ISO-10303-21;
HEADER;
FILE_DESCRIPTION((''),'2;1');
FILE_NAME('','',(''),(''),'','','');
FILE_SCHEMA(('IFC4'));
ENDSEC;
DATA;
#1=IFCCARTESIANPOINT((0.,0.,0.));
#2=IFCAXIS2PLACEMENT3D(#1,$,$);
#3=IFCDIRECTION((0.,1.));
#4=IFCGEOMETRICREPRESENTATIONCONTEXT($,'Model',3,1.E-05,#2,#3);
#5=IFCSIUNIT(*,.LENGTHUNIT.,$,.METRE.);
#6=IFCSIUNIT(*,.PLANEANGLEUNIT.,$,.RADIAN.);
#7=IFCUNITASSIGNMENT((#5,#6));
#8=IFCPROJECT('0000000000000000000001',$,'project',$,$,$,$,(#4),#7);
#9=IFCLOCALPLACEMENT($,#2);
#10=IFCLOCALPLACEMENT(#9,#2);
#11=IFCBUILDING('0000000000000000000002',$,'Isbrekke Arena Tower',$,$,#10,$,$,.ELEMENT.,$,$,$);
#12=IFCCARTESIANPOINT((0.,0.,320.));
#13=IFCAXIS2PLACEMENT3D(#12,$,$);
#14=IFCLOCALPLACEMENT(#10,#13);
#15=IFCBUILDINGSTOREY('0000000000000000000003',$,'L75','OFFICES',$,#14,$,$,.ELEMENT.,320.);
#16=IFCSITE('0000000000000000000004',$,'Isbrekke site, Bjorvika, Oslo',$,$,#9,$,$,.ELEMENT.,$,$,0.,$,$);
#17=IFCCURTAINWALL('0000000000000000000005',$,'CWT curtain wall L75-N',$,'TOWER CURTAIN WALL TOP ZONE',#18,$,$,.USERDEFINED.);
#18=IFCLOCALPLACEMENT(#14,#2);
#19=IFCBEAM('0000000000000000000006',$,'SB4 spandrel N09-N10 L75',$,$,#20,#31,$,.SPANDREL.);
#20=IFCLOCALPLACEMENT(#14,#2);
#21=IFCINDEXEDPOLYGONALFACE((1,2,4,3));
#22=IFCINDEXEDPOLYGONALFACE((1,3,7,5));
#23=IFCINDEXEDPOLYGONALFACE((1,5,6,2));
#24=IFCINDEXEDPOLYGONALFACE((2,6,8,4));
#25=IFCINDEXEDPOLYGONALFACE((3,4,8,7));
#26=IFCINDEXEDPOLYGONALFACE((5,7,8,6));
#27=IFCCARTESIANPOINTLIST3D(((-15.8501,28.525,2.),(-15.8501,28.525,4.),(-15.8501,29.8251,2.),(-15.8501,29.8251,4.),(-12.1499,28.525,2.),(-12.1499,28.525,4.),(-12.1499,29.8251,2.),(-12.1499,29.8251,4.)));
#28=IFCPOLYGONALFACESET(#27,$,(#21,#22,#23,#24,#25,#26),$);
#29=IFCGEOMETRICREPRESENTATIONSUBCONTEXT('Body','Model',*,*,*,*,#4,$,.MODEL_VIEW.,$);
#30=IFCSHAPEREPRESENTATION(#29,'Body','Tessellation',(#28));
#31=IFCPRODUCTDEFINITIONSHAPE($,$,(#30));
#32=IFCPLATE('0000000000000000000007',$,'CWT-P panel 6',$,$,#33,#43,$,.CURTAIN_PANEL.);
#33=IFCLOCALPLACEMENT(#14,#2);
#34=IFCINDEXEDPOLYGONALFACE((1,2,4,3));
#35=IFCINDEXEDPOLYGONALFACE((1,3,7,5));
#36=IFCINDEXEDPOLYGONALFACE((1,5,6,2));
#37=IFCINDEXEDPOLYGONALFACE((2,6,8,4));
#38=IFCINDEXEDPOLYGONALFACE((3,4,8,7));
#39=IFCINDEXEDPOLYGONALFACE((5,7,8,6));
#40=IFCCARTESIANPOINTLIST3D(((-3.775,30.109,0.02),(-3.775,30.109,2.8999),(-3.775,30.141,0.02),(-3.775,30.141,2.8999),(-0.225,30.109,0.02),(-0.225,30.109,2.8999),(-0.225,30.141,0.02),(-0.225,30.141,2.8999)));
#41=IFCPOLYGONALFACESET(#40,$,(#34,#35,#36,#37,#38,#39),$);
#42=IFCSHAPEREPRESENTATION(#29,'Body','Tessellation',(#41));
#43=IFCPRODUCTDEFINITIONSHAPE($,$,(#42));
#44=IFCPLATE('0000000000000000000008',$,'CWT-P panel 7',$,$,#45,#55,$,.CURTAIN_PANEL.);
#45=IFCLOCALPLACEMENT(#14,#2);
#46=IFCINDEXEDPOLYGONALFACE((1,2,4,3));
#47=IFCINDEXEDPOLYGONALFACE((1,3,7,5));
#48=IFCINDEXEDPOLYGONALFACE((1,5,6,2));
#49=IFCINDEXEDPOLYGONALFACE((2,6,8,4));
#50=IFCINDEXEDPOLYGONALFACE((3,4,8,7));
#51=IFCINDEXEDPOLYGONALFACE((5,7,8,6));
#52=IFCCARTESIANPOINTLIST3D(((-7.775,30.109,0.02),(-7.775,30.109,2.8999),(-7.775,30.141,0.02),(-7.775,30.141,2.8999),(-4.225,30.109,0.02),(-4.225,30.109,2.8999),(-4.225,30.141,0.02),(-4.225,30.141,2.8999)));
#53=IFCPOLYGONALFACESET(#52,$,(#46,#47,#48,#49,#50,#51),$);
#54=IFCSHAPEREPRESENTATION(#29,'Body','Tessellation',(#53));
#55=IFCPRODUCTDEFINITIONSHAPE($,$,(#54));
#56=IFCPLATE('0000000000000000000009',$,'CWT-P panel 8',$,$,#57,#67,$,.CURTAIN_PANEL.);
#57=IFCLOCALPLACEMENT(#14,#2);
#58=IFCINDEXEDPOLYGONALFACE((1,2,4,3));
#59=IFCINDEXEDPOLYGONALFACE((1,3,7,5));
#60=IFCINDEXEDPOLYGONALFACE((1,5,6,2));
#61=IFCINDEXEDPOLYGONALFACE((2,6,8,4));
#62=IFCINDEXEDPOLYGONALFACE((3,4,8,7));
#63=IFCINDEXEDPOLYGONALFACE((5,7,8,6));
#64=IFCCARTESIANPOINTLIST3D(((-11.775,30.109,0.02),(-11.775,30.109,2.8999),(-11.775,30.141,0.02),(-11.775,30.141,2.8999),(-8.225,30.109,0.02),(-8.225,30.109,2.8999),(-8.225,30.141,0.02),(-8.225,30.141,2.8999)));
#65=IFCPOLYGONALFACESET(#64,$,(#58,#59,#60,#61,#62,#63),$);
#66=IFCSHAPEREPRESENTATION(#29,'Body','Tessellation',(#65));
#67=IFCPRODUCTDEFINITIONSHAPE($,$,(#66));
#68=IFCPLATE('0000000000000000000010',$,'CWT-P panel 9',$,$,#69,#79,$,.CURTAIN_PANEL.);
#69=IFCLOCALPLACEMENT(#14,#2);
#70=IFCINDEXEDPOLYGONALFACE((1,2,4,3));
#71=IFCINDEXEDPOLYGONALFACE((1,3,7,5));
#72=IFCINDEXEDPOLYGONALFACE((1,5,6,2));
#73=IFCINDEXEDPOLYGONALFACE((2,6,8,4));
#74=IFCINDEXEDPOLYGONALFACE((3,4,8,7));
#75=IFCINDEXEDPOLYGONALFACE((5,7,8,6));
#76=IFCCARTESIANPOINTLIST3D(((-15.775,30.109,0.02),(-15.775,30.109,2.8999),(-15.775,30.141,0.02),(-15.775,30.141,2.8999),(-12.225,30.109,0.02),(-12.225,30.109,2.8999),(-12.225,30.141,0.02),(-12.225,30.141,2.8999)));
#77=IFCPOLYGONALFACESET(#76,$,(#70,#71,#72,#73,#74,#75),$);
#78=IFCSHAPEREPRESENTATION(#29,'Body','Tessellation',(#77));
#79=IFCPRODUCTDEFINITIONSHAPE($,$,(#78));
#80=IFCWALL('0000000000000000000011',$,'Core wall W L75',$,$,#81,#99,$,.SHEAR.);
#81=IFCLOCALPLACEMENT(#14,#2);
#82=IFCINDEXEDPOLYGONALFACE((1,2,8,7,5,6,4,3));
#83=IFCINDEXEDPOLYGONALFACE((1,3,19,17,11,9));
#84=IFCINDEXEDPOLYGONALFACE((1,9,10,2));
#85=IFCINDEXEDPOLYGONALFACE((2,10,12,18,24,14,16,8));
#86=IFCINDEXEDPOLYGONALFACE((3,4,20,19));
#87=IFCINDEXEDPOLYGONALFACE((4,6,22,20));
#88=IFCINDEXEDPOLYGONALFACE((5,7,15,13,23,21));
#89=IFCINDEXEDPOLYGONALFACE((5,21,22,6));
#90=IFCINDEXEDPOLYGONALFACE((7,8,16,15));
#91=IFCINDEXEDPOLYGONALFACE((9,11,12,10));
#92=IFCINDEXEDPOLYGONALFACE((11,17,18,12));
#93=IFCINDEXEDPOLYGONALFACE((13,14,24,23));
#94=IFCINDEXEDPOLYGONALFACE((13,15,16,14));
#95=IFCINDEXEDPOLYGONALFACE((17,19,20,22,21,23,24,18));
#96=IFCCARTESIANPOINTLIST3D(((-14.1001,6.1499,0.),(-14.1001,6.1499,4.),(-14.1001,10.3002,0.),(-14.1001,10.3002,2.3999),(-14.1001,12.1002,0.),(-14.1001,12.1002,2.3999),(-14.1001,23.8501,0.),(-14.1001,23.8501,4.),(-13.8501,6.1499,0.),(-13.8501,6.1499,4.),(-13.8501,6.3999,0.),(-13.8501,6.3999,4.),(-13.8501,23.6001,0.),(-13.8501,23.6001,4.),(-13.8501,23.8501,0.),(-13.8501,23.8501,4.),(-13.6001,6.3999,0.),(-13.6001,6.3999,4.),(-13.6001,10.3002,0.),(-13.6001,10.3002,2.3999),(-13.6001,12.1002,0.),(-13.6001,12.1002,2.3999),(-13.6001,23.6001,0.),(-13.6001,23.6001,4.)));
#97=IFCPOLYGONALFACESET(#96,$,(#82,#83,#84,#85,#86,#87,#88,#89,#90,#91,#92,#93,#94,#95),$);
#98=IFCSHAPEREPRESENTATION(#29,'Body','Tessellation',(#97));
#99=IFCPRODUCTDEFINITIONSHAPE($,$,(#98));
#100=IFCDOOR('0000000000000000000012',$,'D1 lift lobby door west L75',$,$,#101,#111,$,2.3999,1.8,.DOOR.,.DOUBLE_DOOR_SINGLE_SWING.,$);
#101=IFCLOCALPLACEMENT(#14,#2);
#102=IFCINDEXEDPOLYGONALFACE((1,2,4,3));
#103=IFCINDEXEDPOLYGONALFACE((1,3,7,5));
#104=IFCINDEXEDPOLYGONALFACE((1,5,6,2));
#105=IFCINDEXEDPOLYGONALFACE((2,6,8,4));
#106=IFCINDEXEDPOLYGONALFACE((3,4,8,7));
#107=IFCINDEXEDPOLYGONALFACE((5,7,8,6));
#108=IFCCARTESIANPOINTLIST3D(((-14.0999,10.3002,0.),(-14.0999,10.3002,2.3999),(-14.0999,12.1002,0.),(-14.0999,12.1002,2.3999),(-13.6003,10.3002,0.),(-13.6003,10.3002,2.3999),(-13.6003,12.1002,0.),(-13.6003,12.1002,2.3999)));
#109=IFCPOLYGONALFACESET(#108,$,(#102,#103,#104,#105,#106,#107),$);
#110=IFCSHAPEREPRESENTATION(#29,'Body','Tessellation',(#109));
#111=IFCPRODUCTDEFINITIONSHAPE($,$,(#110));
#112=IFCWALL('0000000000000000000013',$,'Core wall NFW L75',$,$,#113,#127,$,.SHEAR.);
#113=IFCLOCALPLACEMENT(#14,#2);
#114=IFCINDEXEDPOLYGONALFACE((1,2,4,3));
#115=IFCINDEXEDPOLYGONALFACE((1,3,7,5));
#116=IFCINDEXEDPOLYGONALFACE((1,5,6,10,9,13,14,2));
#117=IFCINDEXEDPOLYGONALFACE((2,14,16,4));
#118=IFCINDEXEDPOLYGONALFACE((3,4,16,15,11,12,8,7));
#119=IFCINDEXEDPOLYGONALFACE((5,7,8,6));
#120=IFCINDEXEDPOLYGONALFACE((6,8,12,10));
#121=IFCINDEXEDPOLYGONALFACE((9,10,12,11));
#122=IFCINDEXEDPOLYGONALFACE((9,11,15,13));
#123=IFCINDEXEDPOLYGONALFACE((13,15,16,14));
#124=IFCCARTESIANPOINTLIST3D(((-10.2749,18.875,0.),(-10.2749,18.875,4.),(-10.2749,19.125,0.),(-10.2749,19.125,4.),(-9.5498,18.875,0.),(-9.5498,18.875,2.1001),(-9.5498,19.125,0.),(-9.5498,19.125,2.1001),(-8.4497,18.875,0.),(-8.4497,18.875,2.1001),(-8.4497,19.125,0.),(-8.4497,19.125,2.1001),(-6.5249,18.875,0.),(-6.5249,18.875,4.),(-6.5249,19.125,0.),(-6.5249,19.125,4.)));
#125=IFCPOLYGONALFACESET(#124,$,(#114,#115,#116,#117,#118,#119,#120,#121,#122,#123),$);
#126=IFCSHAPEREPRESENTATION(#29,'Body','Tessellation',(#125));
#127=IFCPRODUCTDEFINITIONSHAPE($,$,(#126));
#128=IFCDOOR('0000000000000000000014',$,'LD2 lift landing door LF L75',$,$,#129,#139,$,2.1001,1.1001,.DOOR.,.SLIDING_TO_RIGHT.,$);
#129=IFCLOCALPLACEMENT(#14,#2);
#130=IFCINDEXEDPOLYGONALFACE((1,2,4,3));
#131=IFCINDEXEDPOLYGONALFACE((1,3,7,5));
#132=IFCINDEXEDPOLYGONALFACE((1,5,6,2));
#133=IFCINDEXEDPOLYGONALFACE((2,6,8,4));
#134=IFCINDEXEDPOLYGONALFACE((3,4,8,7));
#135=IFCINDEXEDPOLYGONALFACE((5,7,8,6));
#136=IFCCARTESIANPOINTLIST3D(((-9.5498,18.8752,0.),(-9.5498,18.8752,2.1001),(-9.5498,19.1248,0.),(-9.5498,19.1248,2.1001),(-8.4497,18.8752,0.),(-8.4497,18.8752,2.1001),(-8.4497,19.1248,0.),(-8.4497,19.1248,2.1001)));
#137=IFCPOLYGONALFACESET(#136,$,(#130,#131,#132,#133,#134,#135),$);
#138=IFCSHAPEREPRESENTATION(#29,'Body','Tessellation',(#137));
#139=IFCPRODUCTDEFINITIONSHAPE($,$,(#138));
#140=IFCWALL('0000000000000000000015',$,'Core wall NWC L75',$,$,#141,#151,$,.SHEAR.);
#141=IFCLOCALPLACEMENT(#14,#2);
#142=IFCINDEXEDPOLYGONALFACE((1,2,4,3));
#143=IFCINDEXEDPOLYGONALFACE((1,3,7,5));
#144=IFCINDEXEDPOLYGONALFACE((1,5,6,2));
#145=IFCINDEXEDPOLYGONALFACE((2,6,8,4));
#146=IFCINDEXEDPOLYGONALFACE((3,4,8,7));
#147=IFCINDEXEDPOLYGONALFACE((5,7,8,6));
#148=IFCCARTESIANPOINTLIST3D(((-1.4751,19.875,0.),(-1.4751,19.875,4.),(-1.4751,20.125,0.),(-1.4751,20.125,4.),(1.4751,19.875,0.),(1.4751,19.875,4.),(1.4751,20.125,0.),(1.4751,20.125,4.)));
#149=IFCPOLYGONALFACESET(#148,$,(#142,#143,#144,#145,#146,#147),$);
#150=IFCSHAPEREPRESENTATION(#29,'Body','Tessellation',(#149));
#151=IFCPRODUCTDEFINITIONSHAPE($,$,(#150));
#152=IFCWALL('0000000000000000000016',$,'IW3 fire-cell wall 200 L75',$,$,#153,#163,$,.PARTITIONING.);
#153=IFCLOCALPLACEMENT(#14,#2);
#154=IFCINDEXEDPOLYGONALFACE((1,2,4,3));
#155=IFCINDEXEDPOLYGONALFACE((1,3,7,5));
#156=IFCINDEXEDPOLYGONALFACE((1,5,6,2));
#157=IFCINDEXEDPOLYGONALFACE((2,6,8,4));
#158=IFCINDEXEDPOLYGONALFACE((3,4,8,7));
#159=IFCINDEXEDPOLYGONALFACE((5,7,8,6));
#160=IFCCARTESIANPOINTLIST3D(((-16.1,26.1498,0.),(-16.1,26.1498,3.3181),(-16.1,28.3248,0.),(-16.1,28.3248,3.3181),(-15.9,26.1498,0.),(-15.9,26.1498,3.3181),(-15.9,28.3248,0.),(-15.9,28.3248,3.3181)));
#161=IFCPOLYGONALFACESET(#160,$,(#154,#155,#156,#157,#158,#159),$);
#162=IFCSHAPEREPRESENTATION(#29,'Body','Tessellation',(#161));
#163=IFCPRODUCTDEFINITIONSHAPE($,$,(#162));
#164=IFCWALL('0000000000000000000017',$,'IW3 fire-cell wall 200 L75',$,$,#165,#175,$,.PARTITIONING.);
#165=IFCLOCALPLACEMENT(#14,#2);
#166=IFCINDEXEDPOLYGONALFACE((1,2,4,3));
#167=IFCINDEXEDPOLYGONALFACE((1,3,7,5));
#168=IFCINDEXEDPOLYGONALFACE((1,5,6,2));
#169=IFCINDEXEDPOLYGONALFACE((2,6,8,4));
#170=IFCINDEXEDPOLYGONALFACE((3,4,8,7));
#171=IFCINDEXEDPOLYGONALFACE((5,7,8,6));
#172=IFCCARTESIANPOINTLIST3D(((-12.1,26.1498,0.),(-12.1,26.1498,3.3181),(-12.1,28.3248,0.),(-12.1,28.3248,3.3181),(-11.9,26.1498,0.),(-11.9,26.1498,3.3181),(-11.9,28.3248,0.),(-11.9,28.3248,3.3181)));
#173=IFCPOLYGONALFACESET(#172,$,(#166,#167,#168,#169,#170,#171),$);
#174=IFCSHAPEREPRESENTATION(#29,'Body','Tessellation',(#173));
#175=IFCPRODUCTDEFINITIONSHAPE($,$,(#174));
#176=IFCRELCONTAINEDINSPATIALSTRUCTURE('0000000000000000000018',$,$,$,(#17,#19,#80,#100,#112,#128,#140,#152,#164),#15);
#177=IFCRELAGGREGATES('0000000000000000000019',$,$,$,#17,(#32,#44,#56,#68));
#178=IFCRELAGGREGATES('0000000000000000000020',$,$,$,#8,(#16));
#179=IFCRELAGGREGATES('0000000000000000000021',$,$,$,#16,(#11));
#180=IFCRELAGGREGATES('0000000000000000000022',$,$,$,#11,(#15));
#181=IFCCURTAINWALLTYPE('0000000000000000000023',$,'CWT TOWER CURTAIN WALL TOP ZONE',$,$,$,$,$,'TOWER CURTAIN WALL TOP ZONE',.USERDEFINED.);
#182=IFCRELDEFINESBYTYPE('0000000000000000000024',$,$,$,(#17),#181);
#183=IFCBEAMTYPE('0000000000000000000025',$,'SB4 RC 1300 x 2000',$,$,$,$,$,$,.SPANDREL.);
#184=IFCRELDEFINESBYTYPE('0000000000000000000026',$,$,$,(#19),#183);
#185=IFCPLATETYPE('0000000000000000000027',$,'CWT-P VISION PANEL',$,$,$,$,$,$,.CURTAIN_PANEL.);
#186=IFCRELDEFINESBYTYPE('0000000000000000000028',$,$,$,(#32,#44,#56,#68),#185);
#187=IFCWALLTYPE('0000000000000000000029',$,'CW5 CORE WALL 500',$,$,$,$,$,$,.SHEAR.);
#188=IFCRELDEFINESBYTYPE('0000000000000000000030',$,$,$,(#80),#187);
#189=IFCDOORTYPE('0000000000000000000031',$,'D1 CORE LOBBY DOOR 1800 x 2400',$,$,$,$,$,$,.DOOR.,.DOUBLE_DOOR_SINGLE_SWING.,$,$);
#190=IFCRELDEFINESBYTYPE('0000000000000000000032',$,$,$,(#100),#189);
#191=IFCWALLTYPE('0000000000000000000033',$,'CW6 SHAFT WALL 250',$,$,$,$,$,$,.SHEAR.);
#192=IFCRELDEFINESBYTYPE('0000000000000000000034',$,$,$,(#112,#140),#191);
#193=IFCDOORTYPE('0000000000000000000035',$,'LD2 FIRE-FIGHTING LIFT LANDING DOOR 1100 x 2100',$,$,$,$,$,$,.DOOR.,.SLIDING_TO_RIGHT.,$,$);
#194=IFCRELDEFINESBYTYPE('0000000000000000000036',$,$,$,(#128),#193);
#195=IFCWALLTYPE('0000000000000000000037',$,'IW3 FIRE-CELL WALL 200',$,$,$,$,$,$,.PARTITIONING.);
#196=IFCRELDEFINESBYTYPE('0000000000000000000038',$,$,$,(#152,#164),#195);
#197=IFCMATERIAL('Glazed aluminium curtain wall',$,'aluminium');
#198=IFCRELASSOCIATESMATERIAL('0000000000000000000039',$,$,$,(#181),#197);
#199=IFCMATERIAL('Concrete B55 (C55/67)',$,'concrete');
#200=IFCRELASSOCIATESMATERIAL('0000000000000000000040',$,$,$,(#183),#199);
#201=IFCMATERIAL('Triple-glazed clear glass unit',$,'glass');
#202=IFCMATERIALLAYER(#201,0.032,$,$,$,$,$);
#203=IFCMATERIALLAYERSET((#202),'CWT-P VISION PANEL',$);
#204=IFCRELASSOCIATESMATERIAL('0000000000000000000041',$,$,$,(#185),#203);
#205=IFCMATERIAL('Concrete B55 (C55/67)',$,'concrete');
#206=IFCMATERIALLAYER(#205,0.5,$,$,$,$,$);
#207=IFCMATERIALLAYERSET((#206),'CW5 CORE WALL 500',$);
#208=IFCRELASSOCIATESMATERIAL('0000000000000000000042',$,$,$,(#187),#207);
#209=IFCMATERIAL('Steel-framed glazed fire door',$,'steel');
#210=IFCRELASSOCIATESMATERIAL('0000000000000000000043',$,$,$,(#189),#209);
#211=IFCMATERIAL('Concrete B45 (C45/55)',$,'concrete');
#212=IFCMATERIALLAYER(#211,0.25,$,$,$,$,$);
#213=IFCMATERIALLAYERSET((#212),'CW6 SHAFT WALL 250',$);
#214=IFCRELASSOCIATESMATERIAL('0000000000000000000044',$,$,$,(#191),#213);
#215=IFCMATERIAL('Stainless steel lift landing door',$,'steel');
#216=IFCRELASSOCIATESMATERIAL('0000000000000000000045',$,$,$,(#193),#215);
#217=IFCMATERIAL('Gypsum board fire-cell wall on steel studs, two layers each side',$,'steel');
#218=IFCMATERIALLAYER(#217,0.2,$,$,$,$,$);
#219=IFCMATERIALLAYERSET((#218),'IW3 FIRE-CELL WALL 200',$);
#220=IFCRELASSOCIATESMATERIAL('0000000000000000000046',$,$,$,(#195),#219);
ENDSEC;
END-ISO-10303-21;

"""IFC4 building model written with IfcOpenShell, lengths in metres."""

from ifc_helpers import new_model, si_unit, direction, frame, frame_2d, origin, origin_2d, place, context, subcontext, project, spatial, polyline, rectangle, outline, extrude, material, layer, layer_set, material_profile, profile_set, type_object, element, fill, aggregate, save


model = new_model("IFC4")

# Units and contexts
model_context = context("Model", 3, precision=1e-05, world=origin(), true_north=direction((0.0, 1.0)))
body_context = subcontext(model_context, "Body", "Model", "MODEL_VIEW")
ifc_project = project(units=[si_unit("LENGTHUNIT", "METRE"), si_unit("PLANEANGLEUNIT", "RADIAN")], contexts=[model_context])

# Site, building, storey
site_placement = place(None, origin())
site = spatial("IfcSite", under=ifc_project, at=site_placement, Name="Isbrekke site, Bjorvika, Oslo", CompositionType="ELEMENT", RefElevation=0.0)
building_placement = place(site_placement, origin())
building = spatial("IfcBuilding", under=site, at=building_placement, Name="Isbrekke Arena Tower", CompositionType="ELEMENT")
storey_placement = place(building_placement, frame((0.0, 0.0, 320.0)))
storey = spatial("IfcBuildingStorey", under=building, at=storey_placement, Name="L75", Description="OFFICES", CompositionType="ELEMENT", Elevation=320.0)

# Curtain wall
ifc_material_1 = material(Name="Glazed aluminium curtain wall", Category="aluminium")
curtain_wall_type = type_object("IfcCurtainWallType", Name="CWT TOWER CURTAIN WALL TOP ZONE", ElementType="TOWER CURTAIN WALL TOP ZONE", PredefinedType="USERDEFINED", material=ifc_material_1)
curtain_wall_placement = place(storey_placement, origin())
curtain_wall = element("IfcCurtainWall", 1, at=curtain_wall_placement, inside=storey, type_object=curtain_wall_type, Name="CWT curtain wall L75-N", ObjectType="TOWER CURTAIN WALL TOP ZONE", PredefinedType="USERDEFINED")

# Beam
ifc_material_2 = material(Name="Concrete B55 (C55/67)", Category="concrete")
ifc_material_profile_1 = material_profile(ifc_material_2, rectangle(XDim=1.3, YDim=2.0, at=origin_2d()), Name="RC 1300x2000")
ifc_profile_set_1 = profile_set([ifc_material_profile_1], Name="Concrete B55 (C55/67)")
beam_type_1 = type_object("IfcBeamType", Name="SB4 RC 1300 x 2000", PredefinedType="SPANDREL", material=ifc_profile_set_1)
for number, where, z_axis, x_axis, name in (
    (2, (-12.1499, 29.175, 3.0), (-1.0, 0.0, 0.0), (0.0, -1.0, 0.0), "SB4 spandrel N09-N10 L75"),
):
    element("IfcBeam", number, at=place(storey_placement, frame(where, z_axis=z_axis, x_axis=x_axis)), inside=storey, type_object=beam_type_1, Name=name, PredefinedType="SPANDREL", context=body_context, shape_type="SweptSolid", body=[
        extrude(rectangle(XDim=1.3, YDim=2.0, at=origin_2d()), origin(), (0.0, 0.0, 1.0), 3.7002),
    ])

# Plates
ifc_material_3 = material(Name="Triple-glazed clear glass unit", Category="glass")
ifc_layer_1 = layer(ifc_material_3, 0.032)
ifc_layer_set_1 = layer_set([ifc_layer_1], Name="CWT-P VISION PANEL")
plate_type = type_object("IfcPlateType", Name="CWT-P VISION PANEL", PredefinedType="CURTAIN_PANEL", material=ifc_layer_set_1)
plate_1_placement = place(storey_placement, frame((-2.0, 30.125, 0.02), z_axis=(0.0, 0.0, 1.0), x_axis=(-1.0, 0.0, 0.0)))
plate_1 = element("IfcPlate", 3, at=plate_1_placement, type_object=plate_type, Name="CWT-P panel 6", PredefinedType="CURTAIN_PANEL", context=body_context, shape_type="SweptSolid", body=[
    extrude(rectangle(XDim=3.55, YDim=0.032, at=origin_2d()), origin(), (0.0, 0.0, 1.0), 2.8799),
])
plate_2_placement = place(storey_placement, frame((-6.0, 30.125, 0.02), z_axis=(0.0, 0.0, 1.0), x_axis=(-1.0, 0.0, 0.0)))
plate_2 = element("IfcPlate", 4, at=plate_2_placement, type_object=plate_type, Name="CWT-P panel 7", PredefinedType="CURTAIN_PANEL", context=body_context, shape_type="SweptSolid", body=[
    extrude(rectangle(XDim=3.55, YDim=0.032, at=origin_2d()), origin(), (0.0, 0.0, 1.0), 2.8799),
])
plate_3_placement = place(storey_placement, frame((-10.0, 30.125, 0.02), z_axis=(0.0, 0.0, 1.0), x_axis=(-1.0, 0.0, 0.0)))
plate_3 = element("IfcPlate", 5, at=plate_3_placement, type_object=plate_type, Name="CWT-P panel 8", PredefinedType="CURTAIN_PANEL", context=body_context, shape_type="SweptSolid", body=[
    extrude(rectangle(XDim=3.55, YDim=0.032, at=origin_2d()), origin(), (0.0, 0.0, 1.0), 2.8799),
])
plate_4_placement = place(storey_placement, frame((-14.0, 30.125, 0.02), z_axis=(0.0, 0.0, 1.0), x_axis=(-1.0, 0.0, 0.0)))
plate_4 = element("IfcPlate", 6, at=plate_4_placement, type_object=plate_type, Name="CWT-P panel 9", PredefinedType="CURTAIN_PANEL", context=body_context, shape_type="SweptSolid", body=[
    extrude(rectangle(XDim=3.55, YDim=0.032, at=origin_2d()), origin(), (0.0, 0.0, 1.0), 2.8799),
])
aggregate(curtain_wall, [plate_1, plate_2, plate_3, plate_4])

# Walls, openings, doors
ifc_material_4 = material(Name="Concrete B55 (C55/67)", Category="concrete")
ifc_layer_2 = layer(ifc_material_4, 0.5)
ifc_layer_set_2 = layer_set([ifc_layer_2], Name="CW5 CORE WALL 500")
wall_type_1 = type_object("IfcWallType", Name="CW5 CORE WALL 500", PredefinedType="SHEAR", material=ifc_layer_set_2)
wall_1_placement = place(storey_placement, frame((-13.8501, 23.8501, 0.0), z_axis=(0.0, 0.0, 1.0), x_axis=(0.0, -1.0, 0.0)))
wall_1 = element("IfcWall", 7, at=wall_1_placement, inside=storey, type_object=wall_type_1, Name="Core wall W L75", PredefinedType="SHEAR", context=body_context, shape_type="SweptSolid", body=[
    extrude(outline(polyline([(0.0, -0.25), (17.7002, -0.25), (17.7002, 0.0), (17.4502, 0.0), (17.4502, 0.25), (0.25, 0.25), (0.25, 0.0), (0.0, 0.0), (0.0, -0.25)])), origin(), (0.0, 0.0, 1.0), 4.0),
])
opening_1_placement = place(wall_1_placement, frame((11.75, 0.0, 0.0)))
opening_1 = element("IfcOpeningElement", 8, at=opening_1_placement, cuts=wall_1, PredefinedType="OPENING", context=body_context, shape_type="SweptSolid", body=[
    extrude(rectangle(XDim=1.8, YDim=2.3999, at=frame_2d((0.8999, 1.2))), frame((0.0, 0.2649, 0.0), z_axis=(0.0, -1.0, 0.0), x_axis=(1.0, 0.0, 0.0)), (0.0, 0.0, 1.0), 0.5298),
])
ifc_material_5 = material(Name="Steel-framed glazed fire door", Category="steel")
door_type_1 = type_object("IfcDoorType", Name="D1 CORE LOBBY DOOR 1800 x 2400", OperationType="DOUBLE_DOOR_SINGLE_SWING", PredefinedType="DOOR", material=ifc_material_5)
door_1_placement = place(opening_1_placement, origin())
door_1 = element("IfcDoor", 9, at=door_1_placement, inside=storey, type_object=door_type_1, Name="D1 lift lobby door west L75", OperationType="DOUBLE_DOOR_SINGLE_SWING", OverallHeight=2.3999, OverallWidth=1.8, PredefinedType="DOOR", context=body_context, shape_type="SweptSolid", body=[
    extrude(rectangle(XDim=1.8, YDim=2.3999, at=frame_2d((0.8999, 1.2))), frame((0.0, 0.2498, 0.0), z_axis=(0.0, -1.0, 0.0), x_axis=(1.0, 0.0, 0.0)), (0.0, 0.0, 1.0), 0.4995),
])
fill(opening_1, door_1)
ifc_material_6 = material(Name="Concrete B45 (C45/55)", Category="concrete")
ifc_layer_3 = layer(ifc_material_6, 0.25)
ifc_layer_set_3 = layer_set([ifc_layer_3], Name="CW6 SHAFT WALL 250")
wall_type_2 = type_object("IfcWallType", Name="CW6 SHAFT WALL 250", PredefinedType="SHEAR", material=ifc_layer_set_3)
wall_2_placement = place(storey_placement, frame((-10.2749, 19.0, 0.0), z_axis=(0.0, 0.0, 1.0), x_axis=(1.0, 0.0, 0.0)))
wall_2 = element("IfcWall", 10, at=wall_2_placement, inside=storey, type_object=wall_type_2, Name="Core wall NFW L75", PredefinedType="SHEAR", context=body_context, shape_type="SweptSolid", body=[
    extrude(rectangle(XDim=3.75, YDim=0.25, at=frame_2d((1.875, 0.0))), origin(), (0.0, 0.0, 1.0), 4.0),
])
opening_2_placement = place(wall_2_placement, frame((0.7251, 0.0, 0.0)))
opening_2 = element("IfcOpeningElement", 11, at=opening_2_placement, cuts=wall_2, PredefinedType="OPENING", context=body_context, shape_type="SweptSolid", body=[
    extrude(rectangle(XDim=1.1001, YDim=2.1001, at=frame_2d((0.55, 1.05))), frame((0.0, 0.1399, 0.0), z_axis=(0.0, -1.0, 0.0), x_axis=(1.0, 0.0, 0.0)), (0.0, 0.0, 1.0), 0.2798),
])
ifc_material_7 = material(Name="Stainless steel lift landing door", Category="steel")
door_type_2 = type_object("IfcDoorType", Name="LD2 FIRE-FIGHTING LIFT LANDING DOOR 1100 x 2100", OperationType="SLIDING_TO_RIGHT", PredefinedType="DOOR", material=ifc_material_7)
door_2_placement = place(opening_2_placement, origin())
door_2 = element("IfcDoor", 12, at=door_2_placement, inside=storey, type_object=door_type_2, Name="LD2 lift landing door LF L75", OperationType="SLIDING_TO_RIGHT", OverallHeight=2.1001, OverallWidth=1.1001, PredefinedType="DOOR", context=body_context, shape_type="SweptSolid", body=[
    extrude(rectangle(XDim=1.1001, YDim=2.1001, at=frame_2d((0.55, 1.05))), frame((0.0, 0.1248, 0.0), z_axis=(0.0, -1.0, 0.0), x_axis=(1.0, 0.0, 0.0)), (0.0, 0.0, 1.0), 0.2495),
])
fill(opening_2, door_2)

# Walls
wall_3_placement = place(storey_placement, frame((-1.4751, 20.0, 0.0), z_axis=(0.0, 0.0, 1.0), x_axis=(1.0, 0.0, 0.0)))
element("IfcWall", 13, at=wall_3_placement, inside=storey, type_object=wall_type_2, Name="Core wall NWC L75", PredefinedType="SHEAR", context=body_context, shape_type="SweptSolid", body=[
    extrude(rectangle(XDim=2.9502, YDim=0.25, at=frame_2d((1.4751, 0.0))), origin(), (0.0, 0.0, 1.0), 4.0),
])
ifc_material_8 = material(Name="Gypsum board fire-cell wall on steel studs, two layers each side", Category="steel")
ifc_layer_4 = layer(ifc_material_8, 0.2)
ifc_layer_set_4 = layer_set([ifc_layer_4], Name="IW3 FIRE-CELL WALL 200")
wall_type_3 = type_object("IfcWallType", Name="IW3 FIRE-CELL WALL 200", PredefinedType="PARTITIONING", material=ifc_layer_set_4)
for number, where, z_axis, x_axis, name in (
    (14, (-16.0, 26.1499, 0.0), (0.0, 0.0, 1.0), (0.0, 1.0, 0.0), "IW3 fire-cell wall 200 L75"),
    (15, (-12.0, 26.1499, 0.0), (0.0, 0.0, 1.0), (0.0, 1.0, 0.0), "IW3 fire-cell wall 200 L75"),
):
    element("IfcWall", number, at=place(storey_placement, frame(where, z_axis=z_axis, x_axis=x_axis)), inside=storey, type_object=wall_type_3, Name=name, PredefinedType="PARTITIONING", context=body_context, shape_type="SweptSolid", body=[
        extrude(rectangle(XDim=2.175, YDim=0.2, at=frame_2d((1.0874, 0.0))), origin(), (0.0, 0.0, 1.0), 3.3181),
    ])

save(model, "model.ifc")
